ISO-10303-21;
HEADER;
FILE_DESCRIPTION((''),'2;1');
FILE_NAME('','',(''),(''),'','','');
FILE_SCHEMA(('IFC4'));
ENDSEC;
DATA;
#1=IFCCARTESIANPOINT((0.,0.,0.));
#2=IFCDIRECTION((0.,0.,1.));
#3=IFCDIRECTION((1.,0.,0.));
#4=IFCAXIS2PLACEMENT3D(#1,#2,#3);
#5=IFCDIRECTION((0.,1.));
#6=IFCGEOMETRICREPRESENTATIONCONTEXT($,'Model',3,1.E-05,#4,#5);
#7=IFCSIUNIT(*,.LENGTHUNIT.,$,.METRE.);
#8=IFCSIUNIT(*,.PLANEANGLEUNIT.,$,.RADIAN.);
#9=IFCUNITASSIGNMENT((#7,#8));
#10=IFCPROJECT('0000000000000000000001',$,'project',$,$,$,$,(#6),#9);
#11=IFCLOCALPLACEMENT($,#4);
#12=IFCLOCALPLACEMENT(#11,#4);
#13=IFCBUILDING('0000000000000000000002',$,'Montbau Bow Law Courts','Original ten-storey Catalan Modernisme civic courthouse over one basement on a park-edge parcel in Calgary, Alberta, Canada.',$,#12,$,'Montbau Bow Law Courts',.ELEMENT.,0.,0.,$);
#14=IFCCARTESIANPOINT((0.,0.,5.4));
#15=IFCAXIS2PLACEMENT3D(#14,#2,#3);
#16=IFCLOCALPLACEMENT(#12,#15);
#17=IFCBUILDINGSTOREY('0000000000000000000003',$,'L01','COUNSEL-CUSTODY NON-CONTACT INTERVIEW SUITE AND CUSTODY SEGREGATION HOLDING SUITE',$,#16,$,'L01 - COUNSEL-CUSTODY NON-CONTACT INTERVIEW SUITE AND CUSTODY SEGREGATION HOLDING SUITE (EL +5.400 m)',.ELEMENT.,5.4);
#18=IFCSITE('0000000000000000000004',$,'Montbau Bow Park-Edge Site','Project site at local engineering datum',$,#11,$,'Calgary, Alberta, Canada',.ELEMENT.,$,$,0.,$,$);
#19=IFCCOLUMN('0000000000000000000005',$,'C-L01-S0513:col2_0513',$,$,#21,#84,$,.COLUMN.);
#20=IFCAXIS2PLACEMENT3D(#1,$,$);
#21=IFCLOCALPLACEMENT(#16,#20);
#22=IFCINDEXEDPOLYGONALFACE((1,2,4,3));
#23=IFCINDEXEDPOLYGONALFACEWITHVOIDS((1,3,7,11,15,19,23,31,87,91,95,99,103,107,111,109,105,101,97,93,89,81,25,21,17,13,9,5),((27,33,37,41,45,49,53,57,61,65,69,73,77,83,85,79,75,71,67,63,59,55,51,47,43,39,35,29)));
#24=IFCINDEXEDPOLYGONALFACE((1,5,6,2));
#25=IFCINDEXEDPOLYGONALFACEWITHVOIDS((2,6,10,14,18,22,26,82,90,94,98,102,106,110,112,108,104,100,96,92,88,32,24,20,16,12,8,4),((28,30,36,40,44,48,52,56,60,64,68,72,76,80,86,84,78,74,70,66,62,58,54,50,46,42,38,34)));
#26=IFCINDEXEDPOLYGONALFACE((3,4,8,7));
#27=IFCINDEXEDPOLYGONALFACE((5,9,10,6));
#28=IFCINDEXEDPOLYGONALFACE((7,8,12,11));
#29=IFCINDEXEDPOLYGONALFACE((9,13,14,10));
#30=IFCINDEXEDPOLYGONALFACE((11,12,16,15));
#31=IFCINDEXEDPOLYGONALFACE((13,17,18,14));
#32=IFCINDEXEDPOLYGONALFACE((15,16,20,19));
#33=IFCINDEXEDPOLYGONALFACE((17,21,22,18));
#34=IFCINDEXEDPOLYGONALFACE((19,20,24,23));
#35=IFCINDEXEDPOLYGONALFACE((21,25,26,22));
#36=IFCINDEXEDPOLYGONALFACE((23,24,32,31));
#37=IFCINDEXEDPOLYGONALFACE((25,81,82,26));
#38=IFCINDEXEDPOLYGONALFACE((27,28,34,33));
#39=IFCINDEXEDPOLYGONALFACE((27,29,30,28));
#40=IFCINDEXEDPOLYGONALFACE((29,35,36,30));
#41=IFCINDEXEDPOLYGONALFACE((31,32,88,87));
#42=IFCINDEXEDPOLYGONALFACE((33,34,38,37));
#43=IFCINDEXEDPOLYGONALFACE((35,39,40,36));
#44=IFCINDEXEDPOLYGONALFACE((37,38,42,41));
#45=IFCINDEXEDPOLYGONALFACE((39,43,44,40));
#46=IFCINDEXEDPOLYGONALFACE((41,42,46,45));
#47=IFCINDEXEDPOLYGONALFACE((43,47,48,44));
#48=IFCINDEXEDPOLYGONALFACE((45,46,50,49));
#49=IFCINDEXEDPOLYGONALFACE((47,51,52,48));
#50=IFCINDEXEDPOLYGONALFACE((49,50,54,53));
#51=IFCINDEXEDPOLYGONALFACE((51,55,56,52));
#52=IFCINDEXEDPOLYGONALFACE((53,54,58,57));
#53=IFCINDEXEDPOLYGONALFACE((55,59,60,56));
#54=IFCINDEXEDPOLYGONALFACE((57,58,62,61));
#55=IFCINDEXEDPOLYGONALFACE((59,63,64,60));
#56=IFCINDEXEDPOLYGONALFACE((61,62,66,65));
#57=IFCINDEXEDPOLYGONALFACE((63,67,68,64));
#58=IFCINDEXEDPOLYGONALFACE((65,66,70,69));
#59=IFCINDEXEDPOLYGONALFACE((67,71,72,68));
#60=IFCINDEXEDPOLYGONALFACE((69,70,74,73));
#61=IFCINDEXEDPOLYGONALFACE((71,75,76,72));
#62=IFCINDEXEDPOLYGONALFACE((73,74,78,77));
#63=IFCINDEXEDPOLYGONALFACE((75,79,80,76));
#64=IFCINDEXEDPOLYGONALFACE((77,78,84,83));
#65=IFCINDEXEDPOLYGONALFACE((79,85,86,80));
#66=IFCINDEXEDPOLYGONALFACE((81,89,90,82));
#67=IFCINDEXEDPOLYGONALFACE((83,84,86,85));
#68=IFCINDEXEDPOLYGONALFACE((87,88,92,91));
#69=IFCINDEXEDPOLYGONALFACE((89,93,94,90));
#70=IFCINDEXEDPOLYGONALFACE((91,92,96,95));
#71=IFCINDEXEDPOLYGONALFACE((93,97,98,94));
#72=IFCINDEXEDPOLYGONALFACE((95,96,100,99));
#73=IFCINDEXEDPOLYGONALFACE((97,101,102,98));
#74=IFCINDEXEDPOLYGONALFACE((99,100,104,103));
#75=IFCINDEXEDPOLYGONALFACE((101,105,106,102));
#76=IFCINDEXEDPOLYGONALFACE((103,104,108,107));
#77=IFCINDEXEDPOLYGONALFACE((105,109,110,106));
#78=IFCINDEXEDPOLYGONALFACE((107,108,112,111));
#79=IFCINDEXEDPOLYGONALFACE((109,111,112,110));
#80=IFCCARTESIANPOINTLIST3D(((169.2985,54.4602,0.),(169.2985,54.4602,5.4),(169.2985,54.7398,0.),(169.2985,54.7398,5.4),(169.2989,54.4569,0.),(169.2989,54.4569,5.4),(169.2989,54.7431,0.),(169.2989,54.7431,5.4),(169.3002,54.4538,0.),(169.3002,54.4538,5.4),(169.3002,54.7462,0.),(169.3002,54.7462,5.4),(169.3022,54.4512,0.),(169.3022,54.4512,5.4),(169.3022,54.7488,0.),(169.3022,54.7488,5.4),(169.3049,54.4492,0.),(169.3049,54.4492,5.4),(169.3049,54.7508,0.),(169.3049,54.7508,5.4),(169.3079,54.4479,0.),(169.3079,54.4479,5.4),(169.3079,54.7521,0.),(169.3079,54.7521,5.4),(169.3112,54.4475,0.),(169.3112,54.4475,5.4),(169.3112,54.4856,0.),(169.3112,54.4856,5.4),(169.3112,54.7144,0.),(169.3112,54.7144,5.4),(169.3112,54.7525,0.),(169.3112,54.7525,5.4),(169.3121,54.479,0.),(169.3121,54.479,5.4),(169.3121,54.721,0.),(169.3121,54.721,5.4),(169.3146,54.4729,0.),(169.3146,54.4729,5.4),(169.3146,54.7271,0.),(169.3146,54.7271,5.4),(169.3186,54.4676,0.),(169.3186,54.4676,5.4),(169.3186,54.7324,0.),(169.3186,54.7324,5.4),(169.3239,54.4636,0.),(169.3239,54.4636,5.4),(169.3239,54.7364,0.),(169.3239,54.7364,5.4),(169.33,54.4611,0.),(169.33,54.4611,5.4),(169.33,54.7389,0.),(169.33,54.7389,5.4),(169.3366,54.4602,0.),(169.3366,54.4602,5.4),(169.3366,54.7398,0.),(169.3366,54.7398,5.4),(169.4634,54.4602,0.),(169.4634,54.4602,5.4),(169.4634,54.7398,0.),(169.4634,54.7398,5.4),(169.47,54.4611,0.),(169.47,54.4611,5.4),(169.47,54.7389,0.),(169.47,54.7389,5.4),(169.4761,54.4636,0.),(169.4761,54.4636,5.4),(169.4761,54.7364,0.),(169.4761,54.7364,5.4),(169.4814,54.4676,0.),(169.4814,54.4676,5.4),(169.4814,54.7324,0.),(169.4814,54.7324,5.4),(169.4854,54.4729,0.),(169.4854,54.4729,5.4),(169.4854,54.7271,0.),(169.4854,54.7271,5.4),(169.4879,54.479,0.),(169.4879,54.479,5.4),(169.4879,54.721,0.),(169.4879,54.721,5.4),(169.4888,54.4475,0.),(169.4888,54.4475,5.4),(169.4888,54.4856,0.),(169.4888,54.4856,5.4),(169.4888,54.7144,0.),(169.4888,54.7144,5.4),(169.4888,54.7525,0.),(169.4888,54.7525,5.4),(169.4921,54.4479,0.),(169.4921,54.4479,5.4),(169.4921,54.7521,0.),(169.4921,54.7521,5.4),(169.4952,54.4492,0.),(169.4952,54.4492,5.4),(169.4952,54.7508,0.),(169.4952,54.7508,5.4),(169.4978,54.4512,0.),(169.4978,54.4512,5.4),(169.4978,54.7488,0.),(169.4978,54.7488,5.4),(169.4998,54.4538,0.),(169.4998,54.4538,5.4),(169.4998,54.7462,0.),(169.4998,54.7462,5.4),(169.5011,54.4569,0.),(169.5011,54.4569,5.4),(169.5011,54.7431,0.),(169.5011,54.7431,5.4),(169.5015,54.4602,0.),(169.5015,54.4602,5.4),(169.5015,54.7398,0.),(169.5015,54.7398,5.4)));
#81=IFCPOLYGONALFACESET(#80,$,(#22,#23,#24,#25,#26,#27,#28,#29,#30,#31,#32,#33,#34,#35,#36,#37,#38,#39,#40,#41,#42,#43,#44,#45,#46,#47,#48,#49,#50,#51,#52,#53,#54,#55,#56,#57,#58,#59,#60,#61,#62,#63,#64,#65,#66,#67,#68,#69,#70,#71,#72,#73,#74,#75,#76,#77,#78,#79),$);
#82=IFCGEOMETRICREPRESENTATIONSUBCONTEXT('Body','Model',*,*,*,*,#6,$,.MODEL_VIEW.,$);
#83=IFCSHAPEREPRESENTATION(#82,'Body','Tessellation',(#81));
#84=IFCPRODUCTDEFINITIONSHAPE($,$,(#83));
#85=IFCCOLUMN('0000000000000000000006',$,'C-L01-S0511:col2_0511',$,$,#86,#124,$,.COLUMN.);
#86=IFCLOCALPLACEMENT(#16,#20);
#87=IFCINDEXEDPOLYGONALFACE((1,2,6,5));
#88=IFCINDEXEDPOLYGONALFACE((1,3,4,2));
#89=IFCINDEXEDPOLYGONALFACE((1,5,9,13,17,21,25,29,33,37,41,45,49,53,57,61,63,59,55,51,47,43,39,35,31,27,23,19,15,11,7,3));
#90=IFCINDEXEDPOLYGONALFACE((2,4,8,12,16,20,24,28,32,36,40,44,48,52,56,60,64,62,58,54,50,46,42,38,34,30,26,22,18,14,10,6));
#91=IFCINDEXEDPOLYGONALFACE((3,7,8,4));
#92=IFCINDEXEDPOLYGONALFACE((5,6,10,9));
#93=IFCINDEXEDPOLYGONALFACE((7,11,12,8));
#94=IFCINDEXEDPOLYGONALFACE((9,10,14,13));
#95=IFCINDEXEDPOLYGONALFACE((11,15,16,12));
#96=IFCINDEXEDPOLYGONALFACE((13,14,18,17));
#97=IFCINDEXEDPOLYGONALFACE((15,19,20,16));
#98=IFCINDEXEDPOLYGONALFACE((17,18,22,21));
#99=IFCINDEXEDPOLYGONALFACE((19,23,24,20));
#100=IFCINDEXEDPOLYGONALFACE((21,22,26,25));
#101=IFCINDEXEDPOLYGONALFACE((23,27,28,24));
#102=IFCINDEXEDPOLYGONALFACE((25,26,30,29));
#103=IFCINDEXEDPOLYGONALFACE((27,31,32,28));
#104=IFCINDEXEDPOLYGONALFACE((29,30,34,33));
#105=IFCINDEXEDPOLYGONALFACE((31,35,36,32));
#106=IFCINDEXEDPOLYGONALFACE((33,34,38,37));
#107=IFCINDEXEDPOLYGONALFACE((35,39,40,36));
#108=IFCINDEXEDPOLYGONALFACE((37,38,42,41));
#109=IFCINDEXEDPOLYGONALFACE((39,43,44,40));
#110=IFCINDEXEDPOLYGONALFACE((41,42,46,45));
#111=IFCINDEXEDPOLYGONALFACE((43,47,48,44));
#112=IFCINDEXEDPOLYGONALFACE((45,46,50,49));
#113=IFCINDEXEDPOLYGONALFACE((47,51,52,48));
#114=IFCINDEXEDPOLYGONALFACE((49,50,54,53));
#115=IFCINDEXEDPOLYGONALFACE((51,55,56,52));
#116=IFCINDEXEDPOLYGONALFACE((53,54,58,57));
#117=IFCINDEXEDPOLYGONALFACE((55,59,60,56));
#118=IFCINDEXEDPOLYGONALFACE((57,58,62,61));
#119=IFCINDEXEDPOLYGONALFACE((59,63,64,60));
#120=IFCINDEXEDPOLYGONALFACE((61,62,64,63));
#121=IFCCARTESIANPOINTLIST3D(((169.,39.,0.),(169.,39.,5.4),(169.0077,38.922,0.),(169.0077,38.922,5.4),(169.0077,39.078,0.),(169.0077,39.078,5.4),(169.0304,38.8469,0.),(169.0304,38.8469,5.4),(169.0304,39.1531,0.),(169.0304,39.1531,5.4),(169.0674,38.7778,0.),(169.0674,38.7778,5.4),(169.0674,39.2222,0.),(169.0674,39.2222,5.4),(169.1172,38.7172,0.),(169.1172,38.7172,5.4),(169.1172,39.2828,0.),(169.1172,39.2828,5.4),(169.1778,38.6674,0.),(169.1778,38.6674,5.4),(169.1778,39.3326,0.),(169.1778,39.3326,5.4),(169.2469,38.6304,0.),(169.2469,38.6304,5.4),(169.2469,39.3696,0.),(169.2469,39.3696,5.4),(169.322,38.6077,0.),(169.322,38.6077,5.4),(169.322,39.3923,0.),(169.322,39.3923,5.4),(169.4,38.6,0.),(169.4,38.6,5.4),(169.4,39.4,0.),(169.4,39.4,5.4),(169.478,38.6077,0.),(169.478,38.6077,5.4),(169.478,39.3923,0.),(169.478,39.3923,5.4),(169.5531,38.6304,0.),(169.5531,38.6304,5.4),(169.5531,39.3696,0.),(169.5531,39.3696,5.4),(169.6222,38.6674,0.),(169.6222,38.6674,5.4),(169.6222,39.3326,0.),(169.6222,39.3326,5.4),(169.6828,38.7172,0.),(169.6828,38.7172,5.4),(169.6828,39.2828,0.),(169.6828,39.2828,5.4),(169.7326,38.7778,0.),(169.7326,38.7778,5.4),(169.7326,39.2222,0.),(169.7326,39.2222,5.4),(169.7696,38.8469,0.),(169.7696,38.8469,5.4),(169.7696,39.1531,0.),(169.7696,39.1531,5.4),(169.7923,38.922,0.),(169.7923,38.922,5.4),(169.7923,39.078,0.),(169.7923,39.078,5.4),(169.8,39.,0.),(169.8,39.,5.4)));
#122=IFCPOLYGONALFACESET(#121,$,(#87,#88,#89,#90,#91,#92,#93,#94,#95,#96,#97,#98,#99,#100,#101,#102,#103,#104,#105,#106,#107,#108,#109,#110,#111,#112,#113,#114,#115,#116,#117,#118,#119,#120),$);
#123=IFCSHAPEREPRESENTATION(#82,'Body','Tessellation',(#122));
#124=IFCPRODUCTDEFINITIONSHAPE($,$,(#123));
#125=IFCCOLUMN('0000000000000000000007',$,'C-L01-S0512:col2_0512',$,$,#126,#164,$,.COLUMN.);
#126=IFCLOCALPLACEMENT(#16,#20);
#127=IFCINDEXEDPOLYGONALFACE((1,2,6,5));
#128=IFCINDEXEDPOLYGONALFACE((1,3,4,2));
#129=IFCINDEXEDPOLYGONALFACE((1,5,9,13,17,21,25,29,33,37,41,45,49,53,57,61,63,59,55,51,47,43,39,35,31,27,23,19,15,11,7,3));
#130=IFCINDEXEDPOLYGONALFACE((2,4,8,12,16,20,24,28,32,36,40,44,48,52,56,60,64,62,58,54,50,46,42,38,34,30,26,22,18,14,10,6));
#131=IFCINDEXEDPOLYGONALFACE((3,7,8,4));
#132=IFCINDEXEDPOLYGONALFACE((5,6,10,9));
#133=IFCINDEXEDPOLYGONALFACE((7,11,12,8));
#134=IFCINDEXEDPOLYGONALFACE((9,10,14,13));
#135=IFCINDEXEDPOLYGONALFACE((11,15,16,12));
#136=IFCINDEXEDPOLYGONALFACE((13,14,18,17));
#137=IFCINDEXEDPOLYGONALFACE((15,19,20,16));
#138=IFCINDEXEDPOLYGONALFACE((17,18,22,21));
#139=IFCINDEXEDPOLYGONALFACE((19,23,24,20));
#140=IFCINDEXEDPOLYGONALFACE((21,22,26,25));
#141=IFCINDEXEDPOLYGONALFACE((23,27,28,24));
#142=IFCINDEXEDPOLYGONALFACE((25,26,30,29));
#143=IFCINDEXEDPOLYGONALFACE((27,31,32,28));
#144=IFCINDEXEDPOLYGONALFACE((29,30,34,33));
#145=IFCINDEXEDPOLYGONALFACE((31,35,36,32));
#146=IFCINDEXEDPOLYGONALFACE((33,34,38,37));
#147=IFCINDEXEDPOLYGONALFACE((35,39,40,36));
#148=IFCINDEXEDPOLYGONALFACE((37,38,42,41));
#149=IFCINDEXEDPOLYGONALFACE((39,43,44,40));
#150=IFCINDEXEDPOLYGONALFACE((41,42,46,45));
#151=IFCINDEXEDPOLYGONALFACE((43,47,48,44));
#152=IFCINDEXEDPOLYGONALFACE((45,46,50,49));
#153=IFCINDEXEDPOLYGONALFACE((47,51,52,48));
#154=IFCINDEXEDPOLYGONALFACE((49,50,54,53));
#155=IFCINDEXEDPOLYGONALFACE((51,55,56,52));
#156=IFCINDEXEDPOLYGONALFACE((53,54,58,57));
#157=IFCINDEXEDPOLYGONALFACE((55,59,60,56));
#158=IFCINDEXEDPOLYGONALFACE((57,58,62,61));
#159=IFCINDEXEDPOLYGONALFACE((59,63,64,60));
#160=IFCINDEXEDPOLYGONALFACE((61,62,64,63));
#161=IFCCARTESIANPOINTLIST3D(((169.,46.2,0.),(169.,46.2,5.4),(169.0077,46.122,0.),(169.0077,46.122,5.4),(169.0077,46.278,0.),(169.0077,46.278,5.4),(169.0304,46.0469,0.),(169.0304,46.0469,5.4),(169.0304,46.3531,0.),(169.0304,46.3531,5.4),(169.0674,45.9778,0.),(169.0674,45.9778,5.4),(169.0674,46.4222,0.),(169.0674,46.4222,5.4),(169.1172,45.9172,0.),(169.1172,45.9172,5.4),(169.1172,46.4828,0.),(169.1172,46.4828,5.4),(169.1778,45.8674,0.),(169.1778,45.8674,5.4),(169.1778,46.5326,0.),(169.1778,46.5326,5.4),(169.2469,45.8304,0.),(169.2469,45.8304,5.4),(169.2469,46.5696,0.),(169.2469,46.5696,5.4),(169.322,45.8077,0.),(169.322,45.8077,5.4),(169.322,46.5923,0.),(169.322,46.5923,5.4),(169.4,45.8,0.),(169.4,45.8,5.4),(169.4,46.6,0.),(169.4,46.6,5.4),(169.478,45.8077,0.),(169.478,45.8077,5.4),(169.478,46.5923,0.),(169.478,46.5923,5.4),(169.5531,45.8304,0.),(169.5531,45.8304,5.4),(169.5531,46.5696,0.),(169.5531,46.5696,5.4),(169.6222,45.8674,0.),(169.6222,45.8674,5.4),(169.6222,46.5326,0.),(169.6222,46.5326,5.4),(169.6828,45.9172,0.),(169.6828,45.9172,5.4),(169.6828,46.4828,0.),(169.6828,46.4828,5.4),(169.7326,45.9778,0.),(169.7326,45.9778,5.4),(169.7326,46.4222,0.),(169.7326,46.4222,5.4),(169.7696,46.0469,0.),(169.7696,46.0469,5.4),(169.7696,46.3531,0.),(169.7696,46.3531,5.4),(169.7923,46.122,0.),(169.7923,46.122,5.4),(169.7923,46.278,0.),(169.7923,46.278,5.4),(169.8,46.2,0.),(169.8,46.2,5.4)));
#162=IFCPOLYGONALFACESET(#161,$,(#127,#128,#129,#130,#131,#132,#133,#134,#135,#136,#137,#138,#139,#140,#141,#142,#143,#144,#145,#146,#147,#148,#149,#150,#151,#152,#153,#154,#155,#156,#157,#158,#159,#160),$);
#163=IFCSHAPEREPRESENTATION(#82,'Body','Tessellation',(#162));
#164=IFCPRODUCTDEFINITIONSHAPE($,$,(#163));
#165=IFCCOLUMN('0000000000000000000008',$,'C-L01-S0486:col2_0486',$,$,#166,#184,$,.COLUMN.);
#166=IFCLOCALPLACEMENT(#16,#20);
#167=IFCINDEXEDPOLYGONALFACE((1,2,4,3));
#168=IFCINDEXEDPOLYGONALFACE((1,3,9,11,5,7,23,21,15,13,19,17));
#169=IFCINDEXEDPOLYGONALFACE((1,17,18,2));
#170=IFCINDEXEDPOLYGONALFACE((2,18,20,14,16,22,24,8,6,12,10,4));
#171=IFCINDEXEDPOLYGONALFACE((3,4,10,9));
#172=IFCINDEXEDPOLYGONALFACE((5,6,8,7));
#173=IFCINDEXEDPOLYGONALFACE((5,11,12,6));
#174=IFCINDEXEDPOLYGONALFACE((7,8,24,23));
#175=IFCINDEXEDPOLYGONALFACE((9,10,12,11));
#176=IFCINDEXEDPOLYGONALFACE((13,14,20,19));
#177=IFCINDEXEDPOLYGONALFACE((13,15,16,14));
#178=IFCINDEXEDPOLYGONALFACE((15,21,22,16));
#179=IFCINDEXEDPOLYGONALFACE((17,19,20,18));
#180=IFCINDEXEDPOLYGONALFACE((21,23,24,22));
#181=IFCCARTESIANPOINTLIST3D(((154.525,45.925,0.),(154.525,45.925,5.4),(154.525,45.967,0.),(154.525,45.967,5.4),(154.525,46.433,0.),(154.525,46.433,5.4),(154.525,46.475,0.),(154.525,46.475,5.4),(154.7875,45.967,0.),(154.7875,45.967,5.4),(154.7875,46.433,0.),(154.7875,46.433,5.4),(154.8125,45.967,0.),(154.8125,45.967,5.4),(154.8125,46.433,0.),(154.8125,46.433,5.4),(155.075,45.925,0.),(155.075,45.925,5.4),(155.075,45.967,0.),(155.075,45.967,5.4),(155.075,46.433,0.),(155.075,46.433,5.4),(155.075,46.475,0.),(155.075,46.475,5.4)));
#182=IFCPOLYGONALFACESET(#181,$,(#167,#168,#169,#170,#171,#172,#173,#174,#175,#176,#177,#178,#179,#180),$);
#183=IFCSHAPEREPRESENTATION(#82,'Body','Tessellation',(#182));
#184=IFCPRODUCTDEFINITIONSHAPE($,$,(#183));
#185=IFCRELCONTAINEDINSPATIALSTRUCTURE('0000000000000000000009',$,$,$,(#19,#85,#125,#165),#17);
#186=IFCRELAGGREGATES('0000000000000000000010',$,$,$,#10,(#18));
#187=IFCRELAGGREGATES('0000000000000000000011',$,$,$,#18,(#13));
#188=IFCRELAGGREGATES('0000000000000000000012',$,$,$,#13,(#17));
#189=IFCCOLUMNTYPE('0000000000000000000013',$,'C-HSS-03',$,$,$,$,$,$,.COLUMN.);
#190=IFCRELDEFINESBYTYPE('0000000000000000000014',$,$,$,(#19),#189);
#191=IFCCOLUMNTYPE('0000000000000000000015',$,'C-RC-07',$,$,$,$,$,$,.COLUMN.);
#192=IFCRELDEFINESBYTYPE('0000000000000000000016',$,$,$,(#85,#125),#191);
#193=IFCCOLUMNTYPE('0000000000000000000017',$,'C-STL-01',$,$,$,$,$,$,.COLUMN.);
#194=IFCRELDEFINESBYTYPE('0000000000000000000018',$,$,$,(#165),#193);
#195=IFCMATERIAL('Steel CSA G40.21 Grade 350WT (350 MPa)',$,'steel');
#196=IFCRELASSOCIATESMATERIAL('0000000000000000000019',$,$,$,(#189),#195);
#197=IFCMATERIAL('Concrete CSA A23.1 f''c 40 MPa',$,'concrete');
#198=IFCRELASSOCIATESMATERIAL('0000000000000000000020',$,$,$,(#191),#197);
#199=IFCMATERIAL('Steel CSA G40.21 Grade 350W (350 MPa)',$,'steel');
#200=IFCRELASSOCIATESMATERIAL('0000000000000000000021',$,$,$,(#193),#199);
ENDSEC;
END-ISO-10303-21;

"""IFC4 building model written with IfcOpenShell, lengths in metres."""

from ifc_helpers import new_model, si_unit, direction, frame, origin_with_axes, origin_2d_with_axis, place, context, subcontext, project, spatial, hollow_rectangle, circle, i_section, extrude, material, material_profile, profile_set, type_object, element, save


model = new_model("IFC4")

# Units and contexts
model_context = context("Model", 3, precision=1e-05, world=origin_with_axes(), true_north=direction((0.0, 1.0)))
body_context = subcontext(model_context, "Body", "Model", "MODEL_VIEW")
ifc_project = project(units=[si_unit("LENGTHUNIT", "METRE"), si_unit("PLANEANGLEUNIT", "RADIAN")], contexts=[model_context])

# Site, building, storey
site_placement = place(None, origin_with_axes())
site = spatial("IfcSite", under=ifc_project, at=site_placement, Name="Montbau Bow Park-Edge Site", Description="Project site at local engineering datum", LongName="Calgary, Alberta, Canada", CompositionType="ELEMENT", RefElevation=0.0)
building_placement = place(site_placement, origin_with_axes())
building = spatial("IfcBuilding", under=site, at=building_placement, Name="Montbau Bow Law Courts", Description="Original ten-storey Catalan Modernisme civic courthouse over one basement on a park-edge parcel in Calgary, Alberta, Canada.", LongName="Montbau Bow Law Courts", CompositionType="ELEMENT", ElevationOfRefHeight=0.0, ElevationOfTerrain=0.0)
storey_placement = place(building_placement, frame((0.0, 0.0, 5.4), z_axis=(0.0, 0.0, 1.0), x_axis=(1.0, 0.0, 0.0)))
storey = spatial("IfcBuildingStorey", under=building, at=storey_placement, Name="L01", Description="COUNSEL-CUSTODY NON-CONTACT INTERVIEW SUITE AND CUSTODY SEGREGATION HOLDING SUITE", LongName="L01 - COUNSEL-CUSTODY NON-CONTACT INTERVIEW SUITE AND CUSTODY SEGREGATION HOLDING SUITE (EL +5.400 m)", CompositionType="ELEMENT", Elevation=5.4)

# Columns
ifc_material_1 = material(Name="Steel CSA G40.21 Grade 350WT (350 MPa)", Category="steel")
ifc_material_profile_1 = material_profile(ifc_material_1, hollow_rectangle(XDim=0.203, YDim=0.305, WallThickness=0.0127, InnerFilletRadius=0.0254, OuterFilletRadius=0.0127, at=origin_2d_with_axis()), Name="HSS305X203X13", Category="Main", Priority=0)
ifc_profile_set_1 = profile_set([ifc_material_profile_1], Name="Steel CSA G40.21 Grade 350WT (350 MPa)")
column_type_1 = type_object("IfcColumnType", Name="C-HSS-03", PredefinedType="COLUMN", material=ifc_profile_set_1)
column_1_placement = place(None, frame((169.4, 54.6, 5.4), z_axis=(0.0, 0.0, 1.0), x_axis=(1.0, 0.0, 0.0)))
element("IfcColumn", 1, at=column_1_placement, inside=storey, type_object=column_type_1, Name="C-L01-S0513:col2_0513", PredefinedType="COLUMN", context=body_context, shape_type="SweptSolid", body=[
    extrude(hollow_rectangle(XDim=0.203, YDim=0.305, WallThickness=0.0127, InnerFilletRadius=0.0254, OuterFilletRadius=0.0127, at=origin_2d_with_axis()), origin_with_axes(), (0.0, 0.0, 1.0), 5.4),
])
ifc_material_2 = material(Name="Concrete CSA A23.1 f'c 40 MPa", Category="concrete")
ifc_material_profile_2 = material_profile(ifc_material_2, circle(Radius=0.4, at=origin_2d_with_axis()), Name="RC800D", Category="Main", Priority=0)
ifc_profile_set_2 = profile_set([ifc_material_profile_2], Name="Concrete CSA A23.1 f'c 40 MPa")
column_type_2 = type_object("IfcColumnType", Name="C-RC-07", PredefinedType="COLUMN", material=ifc_profile_set_2)
for number, where, z_axis, x_axis, name in (
    (2, (169.4, 39.0, 5.4), (0.0, 0.0, 1.0), (1.0, 0.0, 0.0), "C-L01-S0511:col2_0511"),
    (3, (169.4, 46.2, 5.4), (0.0, 0.0, 1.0), (1.0, 0.0, 0.0), "C-L01-S0512:col2_0512"),
):
    element("IfcColumn", number, at=place(None, frame(where, z_axis=z_axis, x_axis=x_axis)), inside=storey, type_object=column_type_2, Name=name, PredefinedType="COLUMN", context=body_context, shape_type="SweptSolid", body=[
        extrude(circle(Radius=0.4, at=origin_2d_with_axis()), origin_with_axes(), (0.0, 0.0, 1.0), 5.4),
    ])
ifc_material_3 = material(Name="Steel CSA G40.21 Grade 350W (350 MPa)", Category="steel")
ifc_material_profile_3 = material_profile(ifc_material_3, i_section(OverallWidth=0.55, OverallDepth=0.55, WebThickness=0.025, FlangeThickness=0.042, at=origin_2d_with_axis()), Name="WWF550X420", Category="Main", Priority=0)
ifc_profile_set_3 = profile_set([ifc_material_profile_3], Name="Steel CSA G40.21 Grade 350W (350 MPa)")
column_type_3 = type_object("IfcColumnType", Name="C-STL-01", PredefinedType="COLUMN", material=ifc_profile_set_3)
for number, where, z_axis, x_axis, name in (
    (4, (154.8, 46.2, 5.4), (0.0, 0.0, 1.0), (1.0, 0.0, 0.0), "C-L01-S0486:col2_0486"),
):
    element("IfcColumn", number, at=place(None, frame(where, z_axis=z_axis, x_axis=x_axis)), inside=storey, type_object=column_type_3, Name=name, PredefinedType="COLUMN", context=body_context, shape_type="SweptSolid", body=[
        extrude(i_section(OverallWidth=0.55, OverallDepth=0.55, WebThickness=0.025, FlangeThickness=0.042, at=origin_2d_with_axis()), origin_with_axes(), (0.0, 0.0, 1.0), 5.4),
    ])

save(model, "model.ifc")
